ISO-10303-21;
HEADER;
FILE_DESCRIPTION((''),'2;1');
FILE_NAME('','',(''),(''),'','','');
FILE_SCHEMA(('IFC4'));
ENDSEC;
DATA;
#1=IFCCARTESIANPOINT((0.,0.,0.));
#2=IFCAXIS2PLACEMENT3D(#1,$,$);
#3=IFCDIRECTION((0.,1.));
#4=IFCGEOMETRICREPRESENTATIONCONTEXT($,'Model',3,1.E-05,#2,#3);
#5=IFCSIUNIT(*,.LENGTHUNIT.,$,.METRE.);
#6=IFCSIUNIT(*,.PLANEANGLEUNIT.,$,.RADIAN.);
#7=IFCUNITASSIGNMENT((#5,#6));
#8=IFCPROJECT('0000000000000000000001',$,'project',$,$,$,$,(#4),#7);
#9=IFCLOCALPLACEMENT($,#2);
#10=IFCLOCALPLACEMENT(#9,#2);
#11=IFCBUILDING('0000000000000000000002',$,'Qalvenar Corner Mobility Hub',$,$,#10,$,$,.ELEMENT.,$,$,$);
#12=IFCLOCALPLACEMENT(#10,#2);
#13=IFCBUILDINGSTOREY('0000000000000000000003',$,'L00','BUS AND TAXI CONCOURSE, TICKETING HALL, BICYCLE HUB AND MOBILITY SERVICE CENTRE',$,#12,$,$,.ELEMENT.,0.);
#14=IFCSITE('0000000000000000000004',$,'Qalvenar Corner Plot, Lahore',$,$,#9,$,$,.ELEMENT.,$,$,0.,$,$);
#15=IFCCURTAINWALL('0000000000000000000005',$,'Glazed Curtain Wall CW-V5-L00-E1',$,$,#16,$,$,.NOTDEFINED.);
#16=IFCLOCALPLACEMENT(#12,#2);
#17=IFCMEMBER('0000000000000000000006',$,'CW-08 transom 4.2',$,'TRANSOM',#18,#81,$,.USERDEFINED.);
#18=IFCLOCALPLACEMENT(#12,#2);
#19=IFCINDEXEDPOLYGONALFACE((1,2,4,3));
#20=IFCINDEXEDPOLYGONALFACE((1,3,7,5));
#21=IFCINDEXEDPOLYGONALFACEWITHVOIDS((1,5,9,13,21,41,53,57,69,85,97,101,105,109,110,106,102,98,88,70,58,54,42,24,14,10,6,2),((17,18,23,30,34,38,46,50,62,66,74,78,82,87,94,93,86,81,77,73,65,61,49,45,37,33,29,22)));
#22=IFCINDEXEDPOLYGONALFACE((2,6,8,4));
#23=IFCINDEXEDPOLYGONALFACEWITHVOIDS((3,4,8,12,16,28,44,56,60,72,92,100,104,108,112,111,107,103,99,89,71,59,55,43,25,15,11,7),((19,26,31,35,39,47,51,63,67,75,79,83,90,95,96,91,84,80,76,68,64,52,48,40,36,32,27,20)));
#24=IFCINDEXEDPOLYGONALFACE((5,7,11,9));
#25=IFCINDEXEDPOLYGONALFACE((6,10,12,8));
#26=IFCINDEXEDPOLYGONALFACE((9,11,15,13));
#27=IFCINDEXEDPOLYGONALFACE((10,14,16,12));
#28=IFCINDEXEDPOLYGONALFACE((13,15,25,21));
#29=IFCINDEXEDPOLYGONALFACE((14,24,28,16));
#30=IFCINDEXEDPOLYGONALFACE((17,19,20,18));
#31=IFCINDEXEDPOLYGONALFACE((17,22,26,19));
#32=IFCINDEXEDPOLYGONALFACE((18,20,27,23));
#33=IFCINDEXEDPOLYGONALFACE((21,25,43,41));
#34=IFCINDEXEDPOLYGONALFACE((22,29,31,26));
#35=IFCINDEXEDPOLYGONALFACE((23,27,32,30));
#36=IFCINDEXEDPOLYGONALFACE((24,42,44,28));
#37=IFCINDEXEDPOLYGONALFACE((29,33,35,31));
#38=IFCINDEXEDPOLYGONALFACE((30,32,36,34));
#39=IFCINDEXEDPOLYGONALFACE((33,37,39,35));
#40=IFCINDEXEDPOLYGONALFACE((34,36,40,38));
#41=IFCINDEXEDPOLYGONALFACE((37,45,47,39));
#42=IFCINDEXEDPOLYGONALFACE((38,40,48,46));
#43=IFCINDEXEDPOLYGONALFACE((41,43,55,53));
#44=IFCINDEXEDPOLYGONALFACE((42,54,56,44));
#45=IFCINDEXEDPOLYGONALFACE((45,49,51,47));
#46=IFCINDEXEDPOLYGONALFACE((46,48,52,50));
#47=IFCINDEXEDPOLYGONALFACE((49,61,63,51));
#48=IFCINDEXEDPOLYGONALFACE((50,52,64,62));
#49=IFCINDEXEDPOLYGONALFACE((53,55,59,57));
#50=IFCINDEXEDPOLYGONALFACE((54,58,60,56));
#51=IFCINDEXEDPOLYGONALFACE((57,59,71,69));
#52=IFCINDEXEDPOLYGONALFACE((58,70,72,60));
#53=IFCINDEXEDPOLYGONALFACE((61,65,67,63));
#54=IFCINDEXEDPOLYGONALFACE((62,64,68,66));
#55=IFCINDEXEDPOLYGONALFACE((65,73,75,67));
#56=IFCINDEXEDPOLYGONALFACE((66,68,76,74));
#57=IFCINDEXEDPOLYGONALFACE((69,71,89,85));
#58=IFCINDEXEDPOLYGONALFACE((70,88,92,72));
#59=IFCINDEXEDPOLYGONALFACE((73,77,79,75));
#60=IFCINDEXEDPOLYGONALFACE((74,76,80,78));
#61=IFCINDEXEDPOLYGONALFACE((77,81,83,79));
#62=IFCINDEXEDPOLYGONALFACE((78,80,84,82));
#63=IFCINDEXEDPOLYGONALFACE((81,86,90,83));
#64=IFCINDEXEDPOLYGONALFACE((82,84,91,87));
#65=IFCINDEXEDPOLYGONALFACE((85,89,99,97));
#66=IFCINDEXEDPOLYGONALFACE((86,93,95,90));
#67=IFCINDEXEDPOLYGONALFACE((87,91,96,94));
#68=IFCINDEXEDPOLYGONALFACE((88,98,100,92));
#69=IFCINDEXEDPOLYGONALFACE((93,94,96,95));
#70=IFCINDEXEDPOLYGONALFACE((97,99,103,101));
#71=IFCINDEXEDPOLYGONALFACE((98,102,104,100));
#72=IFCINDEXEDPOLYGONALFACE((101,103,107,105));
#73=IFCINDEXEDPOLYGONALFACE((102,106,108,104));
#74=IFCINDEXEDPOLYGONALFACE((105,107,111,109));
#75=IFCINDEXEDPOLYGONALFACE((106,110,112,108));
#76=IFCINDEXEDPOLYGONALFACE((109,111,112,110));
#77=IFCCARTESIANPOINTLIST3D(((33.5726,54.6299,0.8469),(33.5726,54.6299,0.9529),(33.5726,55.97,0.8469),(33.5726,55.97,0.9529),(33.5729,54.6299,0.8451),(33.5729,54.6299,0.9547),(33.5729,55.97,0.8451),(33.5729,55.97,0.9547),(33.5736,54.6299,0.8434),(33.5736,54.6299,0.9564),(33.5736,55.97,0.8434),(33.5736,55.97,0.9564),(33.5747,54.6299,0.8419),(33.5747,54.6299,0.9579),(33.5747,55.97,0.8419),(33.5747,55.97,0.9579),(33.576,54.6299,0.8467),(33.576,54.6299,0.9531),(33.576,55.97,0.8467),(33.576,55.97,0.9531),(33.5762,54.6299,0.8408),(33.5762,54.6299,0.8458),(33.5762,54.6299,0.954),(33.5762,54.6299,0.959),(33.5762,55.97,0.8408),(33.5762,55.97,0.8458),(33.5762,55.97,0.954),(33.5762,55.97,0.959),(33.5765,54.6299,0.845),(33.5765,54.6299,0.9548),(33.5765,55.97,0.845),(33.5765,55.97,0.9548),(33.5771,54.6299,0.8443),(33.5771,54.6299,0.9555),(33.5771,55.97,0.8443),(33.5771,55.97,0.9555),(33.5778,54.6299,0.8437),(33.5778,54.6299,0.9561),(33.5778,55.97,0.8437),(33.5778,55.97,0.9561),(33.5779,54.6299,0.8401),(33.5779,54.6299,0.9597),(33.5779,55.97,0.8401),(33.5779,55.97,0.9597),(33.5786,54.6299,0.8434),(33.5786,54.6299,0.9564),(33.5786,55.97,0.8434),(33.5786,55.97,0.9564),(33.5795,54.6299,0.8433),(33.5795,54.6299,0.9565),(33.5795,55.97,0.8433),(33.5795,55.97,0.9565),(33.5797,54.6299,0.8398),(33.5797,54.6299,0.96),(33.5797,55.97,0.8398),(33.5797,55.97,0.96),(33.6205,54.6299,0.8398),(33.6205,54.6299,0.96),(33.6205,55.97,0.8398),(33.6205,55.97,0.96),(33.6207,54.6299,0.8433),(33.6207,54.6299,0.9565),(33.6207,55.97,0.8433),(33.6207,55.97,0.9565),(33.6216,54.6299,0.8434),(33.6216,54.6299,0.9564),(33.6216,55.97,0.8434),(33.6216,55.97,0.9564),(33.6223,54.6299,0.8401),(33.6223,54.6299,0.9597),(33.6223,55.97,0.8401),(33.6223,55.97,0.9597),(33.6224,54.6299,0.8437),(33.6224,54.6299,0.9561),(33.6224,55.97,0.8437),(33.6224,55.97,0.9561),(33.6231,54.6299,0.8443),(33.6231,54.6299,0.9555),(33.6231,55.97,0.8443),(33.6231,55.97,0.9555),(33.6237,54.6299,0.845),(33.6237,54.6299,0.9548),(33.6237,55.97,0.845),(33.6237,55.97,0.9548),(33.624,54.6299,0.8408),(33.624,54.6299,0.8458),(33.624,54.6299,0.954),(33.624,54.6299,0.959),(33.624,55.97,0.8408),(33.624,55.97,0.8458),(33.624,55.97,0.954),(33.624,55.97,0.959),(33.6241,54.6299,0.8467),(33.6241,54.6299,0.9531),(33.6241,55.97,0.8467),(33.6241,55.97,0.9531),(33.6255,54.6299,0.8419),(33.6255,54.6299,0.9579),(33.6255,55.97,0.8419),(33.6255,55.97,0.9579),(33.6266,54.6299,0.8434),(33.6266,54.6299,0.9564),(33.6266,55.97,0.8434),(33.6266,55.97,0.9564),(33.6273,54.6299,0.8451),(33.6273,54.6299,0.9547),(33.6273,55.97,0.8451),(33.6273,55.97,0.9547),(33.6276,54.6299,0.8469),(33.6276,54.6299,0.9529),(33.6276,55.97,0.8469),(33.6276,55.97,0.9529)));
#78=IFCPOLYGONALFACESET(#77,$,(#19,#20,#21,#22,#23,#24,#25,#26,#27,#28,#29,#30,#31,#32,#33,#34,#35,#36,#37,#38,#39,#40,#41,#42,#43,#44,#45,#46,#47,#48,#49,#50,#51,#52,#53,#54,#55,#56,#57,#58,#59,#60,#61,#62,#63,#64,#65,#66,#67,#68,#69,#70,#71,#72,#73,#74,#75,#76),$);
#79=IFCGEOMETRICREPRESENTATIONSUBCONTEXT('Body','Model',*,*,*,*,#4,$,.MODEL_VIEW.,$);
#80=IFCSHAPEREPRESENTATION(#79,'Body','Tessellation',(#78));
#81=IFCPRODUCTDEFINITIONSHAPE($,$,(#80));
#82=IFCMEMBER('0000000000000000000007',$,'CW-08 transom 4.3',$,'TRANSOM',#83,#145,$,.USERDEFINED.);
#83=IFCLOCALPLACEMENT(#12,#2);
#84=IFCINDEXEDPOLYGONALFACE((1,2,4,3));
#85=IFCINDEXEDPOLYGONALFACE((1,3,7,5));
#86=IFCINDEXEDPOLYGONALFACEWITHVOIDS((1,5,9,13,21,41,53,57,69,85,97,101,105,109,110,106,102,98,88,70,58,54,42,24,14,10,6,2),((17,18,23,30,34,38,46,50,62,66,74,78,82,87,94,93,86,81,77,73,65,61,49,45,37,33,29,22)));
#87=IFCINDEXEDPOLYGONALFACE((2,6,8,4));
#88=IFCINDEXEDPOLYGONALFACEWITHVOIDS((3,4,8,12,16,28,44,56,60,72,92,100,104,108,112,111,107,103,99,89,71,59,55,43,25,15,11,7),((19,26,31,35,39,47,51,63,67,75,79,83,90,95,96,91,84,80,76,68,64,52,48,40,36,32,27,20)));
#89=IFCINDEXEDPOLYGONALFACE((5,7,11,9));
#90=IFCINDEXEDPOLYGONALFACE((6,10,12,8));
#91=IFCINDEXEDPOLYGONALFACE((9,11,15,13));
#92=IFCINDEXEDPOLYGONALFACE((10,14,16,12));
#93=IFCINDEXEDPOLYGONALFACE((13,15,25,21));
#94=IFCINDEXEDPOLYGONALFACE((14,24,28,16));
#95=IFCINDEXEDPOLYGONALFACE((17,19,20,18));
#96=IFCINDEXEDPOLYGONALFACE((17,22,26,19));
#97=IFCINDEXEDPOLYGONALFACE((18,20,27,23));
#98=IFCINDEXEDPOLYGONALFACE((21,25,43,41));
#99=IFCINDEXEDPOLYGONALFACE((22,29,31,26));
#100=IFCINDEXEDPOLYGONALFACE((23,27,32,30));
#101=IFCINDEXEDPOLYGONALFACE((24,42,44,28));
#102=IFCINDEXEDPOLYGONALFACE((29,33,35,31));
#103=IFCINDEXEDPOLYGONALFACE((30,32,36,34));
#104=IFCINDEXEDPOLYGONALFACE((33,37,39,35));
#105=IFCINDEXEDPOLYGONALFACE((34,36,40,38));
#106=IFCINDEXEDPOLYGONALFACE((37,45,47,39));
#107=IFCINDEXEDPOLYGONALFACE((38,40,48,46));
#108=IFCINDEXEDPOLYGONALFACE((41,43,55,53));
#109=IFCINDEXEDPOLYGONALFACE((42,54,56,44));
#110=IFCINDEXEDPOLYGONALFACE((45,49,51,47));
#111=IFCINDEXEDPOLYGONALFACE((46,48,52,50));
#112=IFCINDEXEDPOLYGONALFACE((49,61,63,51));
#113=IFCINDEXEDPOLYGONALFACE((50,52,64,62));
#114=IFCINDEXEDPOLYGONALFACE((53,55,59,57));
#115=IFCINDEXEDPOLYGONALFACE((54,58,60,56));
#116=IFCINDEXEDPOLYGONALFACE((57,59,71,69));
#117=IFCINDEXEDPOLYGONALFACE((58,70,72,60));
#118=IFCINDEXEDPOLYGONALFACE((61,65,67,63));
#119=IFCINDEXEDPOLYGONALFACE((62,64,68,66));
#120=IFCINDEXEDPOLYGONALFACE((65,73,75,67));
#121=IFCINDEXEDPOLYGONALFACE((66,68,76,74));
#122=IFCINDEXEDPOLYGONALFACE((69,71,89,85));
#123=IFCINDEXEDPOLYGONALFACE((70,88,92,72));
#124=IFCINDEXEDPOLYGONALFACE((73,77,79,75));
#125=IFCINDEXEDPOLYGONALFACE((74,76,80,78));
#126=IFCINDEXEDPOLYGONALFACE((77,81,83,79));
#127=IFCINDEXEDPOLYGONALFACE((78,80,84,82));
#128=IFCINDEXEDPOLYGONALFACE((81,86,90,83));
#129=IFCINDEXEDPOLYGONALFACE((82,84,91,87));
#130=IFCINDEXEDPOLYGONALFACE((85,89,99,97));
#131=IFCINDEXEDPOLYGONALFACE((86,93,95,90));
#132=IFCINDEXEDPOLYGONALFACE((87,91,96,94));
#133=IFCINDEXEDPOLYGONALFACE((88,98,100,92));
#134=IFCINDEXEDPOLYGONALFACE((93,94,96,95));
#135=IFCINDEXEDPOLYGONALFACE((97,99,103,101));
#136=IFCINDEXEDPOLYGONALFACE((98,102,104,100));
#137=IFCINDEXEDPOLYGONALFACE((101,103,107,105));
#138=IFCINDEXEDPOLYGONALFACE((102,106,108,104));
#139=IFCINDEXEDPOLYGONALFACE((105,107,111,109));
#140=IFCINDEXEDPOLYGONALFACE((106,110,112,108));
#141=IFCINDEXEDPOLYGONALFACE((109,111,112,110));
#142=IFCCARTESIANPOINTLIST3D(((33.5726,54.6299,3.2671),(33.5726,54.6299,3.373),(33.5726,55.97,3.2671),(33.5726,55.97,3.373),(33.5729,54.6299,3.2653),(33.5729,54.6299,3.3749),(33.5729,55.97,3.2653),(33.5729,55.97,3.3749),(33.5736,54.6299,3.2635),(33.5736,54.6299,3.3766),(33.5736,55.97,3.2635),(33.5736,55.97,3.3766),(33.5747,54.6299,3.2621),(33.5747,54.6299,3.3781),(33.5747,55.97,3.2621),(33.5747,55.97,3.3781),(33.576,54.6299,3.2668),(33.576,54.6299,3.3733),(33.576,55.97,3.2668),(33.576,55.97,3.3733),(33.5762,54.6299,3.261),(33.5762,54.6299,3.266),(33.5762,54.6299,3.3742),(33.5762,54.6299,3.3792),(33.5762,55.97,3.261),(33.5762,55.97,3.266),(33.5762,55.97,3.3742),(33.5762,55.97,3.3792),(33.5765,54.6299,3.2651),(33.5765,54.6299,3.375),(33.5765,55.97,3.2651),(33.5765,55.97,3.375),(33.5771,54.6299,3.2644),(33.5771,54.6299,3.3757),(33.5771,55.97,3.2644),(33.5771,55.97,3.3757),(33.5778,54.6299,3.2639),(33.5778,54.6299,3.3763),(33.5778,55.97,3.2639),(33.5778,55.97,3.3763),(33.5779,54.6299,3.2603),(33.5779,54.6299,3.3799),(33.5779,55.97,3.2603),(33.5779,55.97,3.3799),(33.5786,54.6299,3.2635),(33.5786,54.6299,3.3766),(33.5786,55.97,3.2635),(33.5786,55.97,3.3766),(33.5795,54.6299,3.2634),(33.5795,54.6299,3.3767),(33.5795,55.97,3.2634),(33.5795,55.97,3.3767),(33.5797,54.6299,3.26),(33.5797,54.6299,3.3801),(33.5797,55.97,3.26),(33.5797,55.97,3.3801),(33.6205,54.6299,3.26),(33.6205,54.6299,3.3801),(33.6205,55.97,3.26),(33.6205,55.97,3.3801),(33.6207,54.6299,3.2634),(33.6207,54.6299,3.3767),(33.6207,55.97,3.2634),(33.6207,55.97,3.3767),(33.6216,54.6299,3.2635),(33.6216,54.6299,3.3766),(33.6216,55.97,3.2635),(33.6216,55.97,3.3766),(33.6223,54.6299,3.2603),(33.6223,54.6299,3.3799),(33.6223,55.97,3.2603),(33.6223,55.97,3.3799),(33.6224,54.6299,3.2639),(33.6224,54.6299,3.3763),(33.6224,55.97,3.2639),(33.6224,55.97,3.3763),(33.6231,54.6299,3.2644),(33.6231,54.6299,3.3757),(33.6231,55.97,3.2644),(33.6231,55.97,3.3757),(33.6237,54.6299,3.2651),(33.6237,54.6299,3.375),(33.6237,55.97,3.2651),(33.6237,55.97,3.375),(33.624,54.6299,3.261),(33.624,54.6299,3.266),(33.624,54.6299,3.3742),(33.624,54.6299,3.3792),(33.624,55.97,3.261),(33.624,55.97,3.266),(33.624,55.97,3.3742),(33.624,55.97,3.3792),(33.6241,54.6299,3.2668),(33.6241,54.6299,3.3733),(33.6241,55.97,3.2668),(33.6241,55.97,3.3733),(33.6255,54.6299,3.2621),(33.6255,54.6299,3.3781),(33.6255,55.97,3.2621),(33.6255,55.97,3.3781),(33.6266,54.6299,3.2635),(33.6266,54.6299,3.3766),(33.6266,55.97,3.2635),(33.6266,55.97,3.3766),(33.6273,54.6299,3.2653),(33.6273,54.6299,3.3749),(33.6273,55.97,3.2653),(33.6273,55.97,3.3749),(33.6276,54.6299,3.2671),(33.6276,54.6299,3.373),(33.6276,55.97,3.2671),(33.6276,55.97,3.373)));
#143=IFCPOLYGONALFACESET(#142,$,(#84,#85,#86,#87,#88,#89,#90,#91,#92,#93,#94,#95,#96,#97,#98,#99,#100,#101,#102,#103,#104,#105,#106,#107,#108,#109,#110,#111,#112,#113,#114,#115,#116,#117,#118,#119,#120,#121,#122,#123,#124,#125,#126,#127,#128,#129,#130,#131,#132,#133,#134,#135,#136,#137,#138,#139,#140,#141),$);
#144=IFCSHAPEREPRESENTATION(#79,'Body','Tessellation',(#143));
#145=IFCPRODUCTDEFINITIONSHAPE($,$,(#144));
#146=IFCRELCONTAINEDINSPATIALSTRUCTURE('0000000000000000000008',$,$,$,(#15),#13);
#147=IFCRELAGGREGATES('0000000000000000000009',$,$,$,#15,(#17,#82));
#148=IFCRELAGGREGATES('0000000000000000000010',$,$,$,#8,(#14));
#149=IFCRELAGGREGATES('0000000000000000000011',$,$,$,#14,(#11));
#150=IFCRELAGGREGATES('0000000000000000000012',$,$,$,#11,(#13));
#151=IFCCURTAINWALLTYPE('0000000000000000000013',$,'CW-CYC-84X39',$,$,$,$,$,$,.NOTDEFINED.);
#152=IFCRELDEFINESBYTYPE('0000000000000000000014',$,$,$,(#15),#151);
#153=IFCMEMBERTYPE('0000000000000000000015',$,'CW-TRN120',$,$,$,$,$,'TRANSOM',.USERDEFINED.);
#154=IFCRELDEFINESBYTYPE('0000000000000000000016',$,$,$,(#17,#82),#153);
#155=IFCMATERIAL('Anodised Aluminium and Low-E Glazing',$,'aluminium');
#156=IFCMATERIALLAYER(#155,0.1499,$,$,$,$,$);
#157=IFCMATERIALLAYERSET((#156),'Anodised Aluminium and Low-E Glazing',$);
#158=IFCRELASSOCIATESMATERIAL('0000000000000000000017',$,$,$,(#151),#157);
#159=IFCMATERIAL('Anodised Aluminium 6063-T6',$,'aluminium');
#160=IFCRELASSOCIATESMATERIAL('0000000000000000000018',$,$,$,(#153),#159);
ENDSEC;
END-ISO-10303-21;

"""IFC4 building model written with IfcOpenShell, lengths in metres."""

from ifc_helpers import new_model, si_unit, direction, frame, origin, origin_2d, place, context, subcontext, project, spatial, hollow_rectangle, extrude, material, layer, layer_set, material_profile, profile_set, type_object, element, aggregate, save


model = new_model("IFC4")

# Units and contexts
model_context = context("Model", 3, precision=1e-05, world=origin(), true_north=direction((0.0, 1.0)))
body_context = subcontext(model_context, "Body", "Model", "MODEL_VIEW")
ifc_project = project(units=[si_unit("LENGTHUNIT", "METRE"), si_unit("PLANEANGLEUNIT", "RADIAN")], contexts=[model_context])

# Site, building, storey
site_placement = place(None, origin())
site = spatial("IfcSite", under=ifc_project, at=site_placement, Name="Qalvenar Corner Plot, Lahore", CompositionType="ELEMENT", RefElevation=0.0)
building_placement = place(site_placement, origin())
building = spatial("IfcBuilding", under=site, at=building_placement, Name="Qalvenar Corner Mobility Hub", CompositionType="ELEMENT")
storey_placement = place(building_placement, origin())
storey = spatial("IfcBuildingStorey", under=building, at=storey_placement, Name="L00", Description="BUS AND TAXI CONCOURSE, TICKETING HALL, BICYCLE HUB AND MOBILITY SERVICE CENTRE", CompositionType="ELEMENT", Elevation=0.0)

# Curtain wall, members
ifc_material_1 = material(Name="Anodised Aluminium and Low-E Glazing", Category="aluminium")
ifc_layer_1 = layer(ifc_material_1, 0.1499)
ifc_layer_set_1 = layer_set([ifc_layer_1], Name="Anodised Aluminium and Low-E Glazing")
curtain_wall_type = type_object("IfcCurtainWallType", Name="CW-CYC-84X39", PredefinedType="NOTDEFINED", material=ifc_layer_set_1)
curtain_wall_placement = place(storey_placement, origin())
curtain_wall = element("IfcCurtainWall", 1, at=curtain_wall_placement, inside=storey, type_object=curtain_wall_type, Name="Glazed Curtain Wall CW-V5-L00-E1", PredefinedType="NOTDEFINED")
ifc_material_2 = material(Name="Anodised Aluminium 6063-T6", Category="aluminium")
ifc_material_profile_1 = material_profile(ifc_material_2, hollow_rectangle(XDim=0.0549, YDim=0.1201, WallThickness=0.0034, InnerFilletRadius=0.0034, OuterFilletRadius=0.0071, at=origin_2d()), Name="RHS120x55x3.5")
ifc_profile_set_1 = profile_set([ifc_material_profile_1], Name="Anodised Aluminium 6063-T6")
member_type_1 = type_object("IfcMemberType", Name="CW-TRN120", ElementType="TRANSOM", PredefinedType="USERDEFINED", material=ifc_profile_set_1)
member_1_placement = place(storey_placement, frame((33.6001, 54.6299, 0.8999), z_axis=(0.0, 1.0, 0.0), x_axis=(-1.0, 0.0, 0.0)))
member_1 = element("IfcMember", 2, at=member_1_placement, type_object=member_type_1, Name="CW-08 transom 4.2", ObjectType="TRANSOM", PredefinedType="USERDEFINED", context=body_context, shape_type="SweptSolid", body=[
    extrude(hollow_rectangle(XDim=0.0549, YDim=0.1201, WallThickness=0.0034, InnerFilletRadius=0.0034, OuterFilletRadius=0.0071, at=origin_2d()), origin(), (0.0, 0.0, 1.0), 1.3401),
])
member_2_placement = place(storey_placement, frame((33.6001, 54.6299, 3.3201), z_axis=(0.0, 1.0, 0.0), x_axis=(-1.0, 0.0, 0.0)))
member_2 = element("IfcMember", 3, at=member_2_placement, type_object=member_type_1, Name="CW-08 transom 4.3", ObjectType="TRANSOM", PredefinedType="USERDEFINED", context=body_context, shape_type="SweptSolid", body=[
    extrude(hollow_rectangle(XDim=0.0549, YDim=0.1201, WallThickness=0.0034, InnerFilletRadius=0.0034, OuterFilletRadius=0.0071, at=origin_2d()), origin(), (0.0, 0.0, 1.0), 1.3401),
])
aggregate(curtain_wall, [member_1, member_2])

save(model, "model.ifc")
